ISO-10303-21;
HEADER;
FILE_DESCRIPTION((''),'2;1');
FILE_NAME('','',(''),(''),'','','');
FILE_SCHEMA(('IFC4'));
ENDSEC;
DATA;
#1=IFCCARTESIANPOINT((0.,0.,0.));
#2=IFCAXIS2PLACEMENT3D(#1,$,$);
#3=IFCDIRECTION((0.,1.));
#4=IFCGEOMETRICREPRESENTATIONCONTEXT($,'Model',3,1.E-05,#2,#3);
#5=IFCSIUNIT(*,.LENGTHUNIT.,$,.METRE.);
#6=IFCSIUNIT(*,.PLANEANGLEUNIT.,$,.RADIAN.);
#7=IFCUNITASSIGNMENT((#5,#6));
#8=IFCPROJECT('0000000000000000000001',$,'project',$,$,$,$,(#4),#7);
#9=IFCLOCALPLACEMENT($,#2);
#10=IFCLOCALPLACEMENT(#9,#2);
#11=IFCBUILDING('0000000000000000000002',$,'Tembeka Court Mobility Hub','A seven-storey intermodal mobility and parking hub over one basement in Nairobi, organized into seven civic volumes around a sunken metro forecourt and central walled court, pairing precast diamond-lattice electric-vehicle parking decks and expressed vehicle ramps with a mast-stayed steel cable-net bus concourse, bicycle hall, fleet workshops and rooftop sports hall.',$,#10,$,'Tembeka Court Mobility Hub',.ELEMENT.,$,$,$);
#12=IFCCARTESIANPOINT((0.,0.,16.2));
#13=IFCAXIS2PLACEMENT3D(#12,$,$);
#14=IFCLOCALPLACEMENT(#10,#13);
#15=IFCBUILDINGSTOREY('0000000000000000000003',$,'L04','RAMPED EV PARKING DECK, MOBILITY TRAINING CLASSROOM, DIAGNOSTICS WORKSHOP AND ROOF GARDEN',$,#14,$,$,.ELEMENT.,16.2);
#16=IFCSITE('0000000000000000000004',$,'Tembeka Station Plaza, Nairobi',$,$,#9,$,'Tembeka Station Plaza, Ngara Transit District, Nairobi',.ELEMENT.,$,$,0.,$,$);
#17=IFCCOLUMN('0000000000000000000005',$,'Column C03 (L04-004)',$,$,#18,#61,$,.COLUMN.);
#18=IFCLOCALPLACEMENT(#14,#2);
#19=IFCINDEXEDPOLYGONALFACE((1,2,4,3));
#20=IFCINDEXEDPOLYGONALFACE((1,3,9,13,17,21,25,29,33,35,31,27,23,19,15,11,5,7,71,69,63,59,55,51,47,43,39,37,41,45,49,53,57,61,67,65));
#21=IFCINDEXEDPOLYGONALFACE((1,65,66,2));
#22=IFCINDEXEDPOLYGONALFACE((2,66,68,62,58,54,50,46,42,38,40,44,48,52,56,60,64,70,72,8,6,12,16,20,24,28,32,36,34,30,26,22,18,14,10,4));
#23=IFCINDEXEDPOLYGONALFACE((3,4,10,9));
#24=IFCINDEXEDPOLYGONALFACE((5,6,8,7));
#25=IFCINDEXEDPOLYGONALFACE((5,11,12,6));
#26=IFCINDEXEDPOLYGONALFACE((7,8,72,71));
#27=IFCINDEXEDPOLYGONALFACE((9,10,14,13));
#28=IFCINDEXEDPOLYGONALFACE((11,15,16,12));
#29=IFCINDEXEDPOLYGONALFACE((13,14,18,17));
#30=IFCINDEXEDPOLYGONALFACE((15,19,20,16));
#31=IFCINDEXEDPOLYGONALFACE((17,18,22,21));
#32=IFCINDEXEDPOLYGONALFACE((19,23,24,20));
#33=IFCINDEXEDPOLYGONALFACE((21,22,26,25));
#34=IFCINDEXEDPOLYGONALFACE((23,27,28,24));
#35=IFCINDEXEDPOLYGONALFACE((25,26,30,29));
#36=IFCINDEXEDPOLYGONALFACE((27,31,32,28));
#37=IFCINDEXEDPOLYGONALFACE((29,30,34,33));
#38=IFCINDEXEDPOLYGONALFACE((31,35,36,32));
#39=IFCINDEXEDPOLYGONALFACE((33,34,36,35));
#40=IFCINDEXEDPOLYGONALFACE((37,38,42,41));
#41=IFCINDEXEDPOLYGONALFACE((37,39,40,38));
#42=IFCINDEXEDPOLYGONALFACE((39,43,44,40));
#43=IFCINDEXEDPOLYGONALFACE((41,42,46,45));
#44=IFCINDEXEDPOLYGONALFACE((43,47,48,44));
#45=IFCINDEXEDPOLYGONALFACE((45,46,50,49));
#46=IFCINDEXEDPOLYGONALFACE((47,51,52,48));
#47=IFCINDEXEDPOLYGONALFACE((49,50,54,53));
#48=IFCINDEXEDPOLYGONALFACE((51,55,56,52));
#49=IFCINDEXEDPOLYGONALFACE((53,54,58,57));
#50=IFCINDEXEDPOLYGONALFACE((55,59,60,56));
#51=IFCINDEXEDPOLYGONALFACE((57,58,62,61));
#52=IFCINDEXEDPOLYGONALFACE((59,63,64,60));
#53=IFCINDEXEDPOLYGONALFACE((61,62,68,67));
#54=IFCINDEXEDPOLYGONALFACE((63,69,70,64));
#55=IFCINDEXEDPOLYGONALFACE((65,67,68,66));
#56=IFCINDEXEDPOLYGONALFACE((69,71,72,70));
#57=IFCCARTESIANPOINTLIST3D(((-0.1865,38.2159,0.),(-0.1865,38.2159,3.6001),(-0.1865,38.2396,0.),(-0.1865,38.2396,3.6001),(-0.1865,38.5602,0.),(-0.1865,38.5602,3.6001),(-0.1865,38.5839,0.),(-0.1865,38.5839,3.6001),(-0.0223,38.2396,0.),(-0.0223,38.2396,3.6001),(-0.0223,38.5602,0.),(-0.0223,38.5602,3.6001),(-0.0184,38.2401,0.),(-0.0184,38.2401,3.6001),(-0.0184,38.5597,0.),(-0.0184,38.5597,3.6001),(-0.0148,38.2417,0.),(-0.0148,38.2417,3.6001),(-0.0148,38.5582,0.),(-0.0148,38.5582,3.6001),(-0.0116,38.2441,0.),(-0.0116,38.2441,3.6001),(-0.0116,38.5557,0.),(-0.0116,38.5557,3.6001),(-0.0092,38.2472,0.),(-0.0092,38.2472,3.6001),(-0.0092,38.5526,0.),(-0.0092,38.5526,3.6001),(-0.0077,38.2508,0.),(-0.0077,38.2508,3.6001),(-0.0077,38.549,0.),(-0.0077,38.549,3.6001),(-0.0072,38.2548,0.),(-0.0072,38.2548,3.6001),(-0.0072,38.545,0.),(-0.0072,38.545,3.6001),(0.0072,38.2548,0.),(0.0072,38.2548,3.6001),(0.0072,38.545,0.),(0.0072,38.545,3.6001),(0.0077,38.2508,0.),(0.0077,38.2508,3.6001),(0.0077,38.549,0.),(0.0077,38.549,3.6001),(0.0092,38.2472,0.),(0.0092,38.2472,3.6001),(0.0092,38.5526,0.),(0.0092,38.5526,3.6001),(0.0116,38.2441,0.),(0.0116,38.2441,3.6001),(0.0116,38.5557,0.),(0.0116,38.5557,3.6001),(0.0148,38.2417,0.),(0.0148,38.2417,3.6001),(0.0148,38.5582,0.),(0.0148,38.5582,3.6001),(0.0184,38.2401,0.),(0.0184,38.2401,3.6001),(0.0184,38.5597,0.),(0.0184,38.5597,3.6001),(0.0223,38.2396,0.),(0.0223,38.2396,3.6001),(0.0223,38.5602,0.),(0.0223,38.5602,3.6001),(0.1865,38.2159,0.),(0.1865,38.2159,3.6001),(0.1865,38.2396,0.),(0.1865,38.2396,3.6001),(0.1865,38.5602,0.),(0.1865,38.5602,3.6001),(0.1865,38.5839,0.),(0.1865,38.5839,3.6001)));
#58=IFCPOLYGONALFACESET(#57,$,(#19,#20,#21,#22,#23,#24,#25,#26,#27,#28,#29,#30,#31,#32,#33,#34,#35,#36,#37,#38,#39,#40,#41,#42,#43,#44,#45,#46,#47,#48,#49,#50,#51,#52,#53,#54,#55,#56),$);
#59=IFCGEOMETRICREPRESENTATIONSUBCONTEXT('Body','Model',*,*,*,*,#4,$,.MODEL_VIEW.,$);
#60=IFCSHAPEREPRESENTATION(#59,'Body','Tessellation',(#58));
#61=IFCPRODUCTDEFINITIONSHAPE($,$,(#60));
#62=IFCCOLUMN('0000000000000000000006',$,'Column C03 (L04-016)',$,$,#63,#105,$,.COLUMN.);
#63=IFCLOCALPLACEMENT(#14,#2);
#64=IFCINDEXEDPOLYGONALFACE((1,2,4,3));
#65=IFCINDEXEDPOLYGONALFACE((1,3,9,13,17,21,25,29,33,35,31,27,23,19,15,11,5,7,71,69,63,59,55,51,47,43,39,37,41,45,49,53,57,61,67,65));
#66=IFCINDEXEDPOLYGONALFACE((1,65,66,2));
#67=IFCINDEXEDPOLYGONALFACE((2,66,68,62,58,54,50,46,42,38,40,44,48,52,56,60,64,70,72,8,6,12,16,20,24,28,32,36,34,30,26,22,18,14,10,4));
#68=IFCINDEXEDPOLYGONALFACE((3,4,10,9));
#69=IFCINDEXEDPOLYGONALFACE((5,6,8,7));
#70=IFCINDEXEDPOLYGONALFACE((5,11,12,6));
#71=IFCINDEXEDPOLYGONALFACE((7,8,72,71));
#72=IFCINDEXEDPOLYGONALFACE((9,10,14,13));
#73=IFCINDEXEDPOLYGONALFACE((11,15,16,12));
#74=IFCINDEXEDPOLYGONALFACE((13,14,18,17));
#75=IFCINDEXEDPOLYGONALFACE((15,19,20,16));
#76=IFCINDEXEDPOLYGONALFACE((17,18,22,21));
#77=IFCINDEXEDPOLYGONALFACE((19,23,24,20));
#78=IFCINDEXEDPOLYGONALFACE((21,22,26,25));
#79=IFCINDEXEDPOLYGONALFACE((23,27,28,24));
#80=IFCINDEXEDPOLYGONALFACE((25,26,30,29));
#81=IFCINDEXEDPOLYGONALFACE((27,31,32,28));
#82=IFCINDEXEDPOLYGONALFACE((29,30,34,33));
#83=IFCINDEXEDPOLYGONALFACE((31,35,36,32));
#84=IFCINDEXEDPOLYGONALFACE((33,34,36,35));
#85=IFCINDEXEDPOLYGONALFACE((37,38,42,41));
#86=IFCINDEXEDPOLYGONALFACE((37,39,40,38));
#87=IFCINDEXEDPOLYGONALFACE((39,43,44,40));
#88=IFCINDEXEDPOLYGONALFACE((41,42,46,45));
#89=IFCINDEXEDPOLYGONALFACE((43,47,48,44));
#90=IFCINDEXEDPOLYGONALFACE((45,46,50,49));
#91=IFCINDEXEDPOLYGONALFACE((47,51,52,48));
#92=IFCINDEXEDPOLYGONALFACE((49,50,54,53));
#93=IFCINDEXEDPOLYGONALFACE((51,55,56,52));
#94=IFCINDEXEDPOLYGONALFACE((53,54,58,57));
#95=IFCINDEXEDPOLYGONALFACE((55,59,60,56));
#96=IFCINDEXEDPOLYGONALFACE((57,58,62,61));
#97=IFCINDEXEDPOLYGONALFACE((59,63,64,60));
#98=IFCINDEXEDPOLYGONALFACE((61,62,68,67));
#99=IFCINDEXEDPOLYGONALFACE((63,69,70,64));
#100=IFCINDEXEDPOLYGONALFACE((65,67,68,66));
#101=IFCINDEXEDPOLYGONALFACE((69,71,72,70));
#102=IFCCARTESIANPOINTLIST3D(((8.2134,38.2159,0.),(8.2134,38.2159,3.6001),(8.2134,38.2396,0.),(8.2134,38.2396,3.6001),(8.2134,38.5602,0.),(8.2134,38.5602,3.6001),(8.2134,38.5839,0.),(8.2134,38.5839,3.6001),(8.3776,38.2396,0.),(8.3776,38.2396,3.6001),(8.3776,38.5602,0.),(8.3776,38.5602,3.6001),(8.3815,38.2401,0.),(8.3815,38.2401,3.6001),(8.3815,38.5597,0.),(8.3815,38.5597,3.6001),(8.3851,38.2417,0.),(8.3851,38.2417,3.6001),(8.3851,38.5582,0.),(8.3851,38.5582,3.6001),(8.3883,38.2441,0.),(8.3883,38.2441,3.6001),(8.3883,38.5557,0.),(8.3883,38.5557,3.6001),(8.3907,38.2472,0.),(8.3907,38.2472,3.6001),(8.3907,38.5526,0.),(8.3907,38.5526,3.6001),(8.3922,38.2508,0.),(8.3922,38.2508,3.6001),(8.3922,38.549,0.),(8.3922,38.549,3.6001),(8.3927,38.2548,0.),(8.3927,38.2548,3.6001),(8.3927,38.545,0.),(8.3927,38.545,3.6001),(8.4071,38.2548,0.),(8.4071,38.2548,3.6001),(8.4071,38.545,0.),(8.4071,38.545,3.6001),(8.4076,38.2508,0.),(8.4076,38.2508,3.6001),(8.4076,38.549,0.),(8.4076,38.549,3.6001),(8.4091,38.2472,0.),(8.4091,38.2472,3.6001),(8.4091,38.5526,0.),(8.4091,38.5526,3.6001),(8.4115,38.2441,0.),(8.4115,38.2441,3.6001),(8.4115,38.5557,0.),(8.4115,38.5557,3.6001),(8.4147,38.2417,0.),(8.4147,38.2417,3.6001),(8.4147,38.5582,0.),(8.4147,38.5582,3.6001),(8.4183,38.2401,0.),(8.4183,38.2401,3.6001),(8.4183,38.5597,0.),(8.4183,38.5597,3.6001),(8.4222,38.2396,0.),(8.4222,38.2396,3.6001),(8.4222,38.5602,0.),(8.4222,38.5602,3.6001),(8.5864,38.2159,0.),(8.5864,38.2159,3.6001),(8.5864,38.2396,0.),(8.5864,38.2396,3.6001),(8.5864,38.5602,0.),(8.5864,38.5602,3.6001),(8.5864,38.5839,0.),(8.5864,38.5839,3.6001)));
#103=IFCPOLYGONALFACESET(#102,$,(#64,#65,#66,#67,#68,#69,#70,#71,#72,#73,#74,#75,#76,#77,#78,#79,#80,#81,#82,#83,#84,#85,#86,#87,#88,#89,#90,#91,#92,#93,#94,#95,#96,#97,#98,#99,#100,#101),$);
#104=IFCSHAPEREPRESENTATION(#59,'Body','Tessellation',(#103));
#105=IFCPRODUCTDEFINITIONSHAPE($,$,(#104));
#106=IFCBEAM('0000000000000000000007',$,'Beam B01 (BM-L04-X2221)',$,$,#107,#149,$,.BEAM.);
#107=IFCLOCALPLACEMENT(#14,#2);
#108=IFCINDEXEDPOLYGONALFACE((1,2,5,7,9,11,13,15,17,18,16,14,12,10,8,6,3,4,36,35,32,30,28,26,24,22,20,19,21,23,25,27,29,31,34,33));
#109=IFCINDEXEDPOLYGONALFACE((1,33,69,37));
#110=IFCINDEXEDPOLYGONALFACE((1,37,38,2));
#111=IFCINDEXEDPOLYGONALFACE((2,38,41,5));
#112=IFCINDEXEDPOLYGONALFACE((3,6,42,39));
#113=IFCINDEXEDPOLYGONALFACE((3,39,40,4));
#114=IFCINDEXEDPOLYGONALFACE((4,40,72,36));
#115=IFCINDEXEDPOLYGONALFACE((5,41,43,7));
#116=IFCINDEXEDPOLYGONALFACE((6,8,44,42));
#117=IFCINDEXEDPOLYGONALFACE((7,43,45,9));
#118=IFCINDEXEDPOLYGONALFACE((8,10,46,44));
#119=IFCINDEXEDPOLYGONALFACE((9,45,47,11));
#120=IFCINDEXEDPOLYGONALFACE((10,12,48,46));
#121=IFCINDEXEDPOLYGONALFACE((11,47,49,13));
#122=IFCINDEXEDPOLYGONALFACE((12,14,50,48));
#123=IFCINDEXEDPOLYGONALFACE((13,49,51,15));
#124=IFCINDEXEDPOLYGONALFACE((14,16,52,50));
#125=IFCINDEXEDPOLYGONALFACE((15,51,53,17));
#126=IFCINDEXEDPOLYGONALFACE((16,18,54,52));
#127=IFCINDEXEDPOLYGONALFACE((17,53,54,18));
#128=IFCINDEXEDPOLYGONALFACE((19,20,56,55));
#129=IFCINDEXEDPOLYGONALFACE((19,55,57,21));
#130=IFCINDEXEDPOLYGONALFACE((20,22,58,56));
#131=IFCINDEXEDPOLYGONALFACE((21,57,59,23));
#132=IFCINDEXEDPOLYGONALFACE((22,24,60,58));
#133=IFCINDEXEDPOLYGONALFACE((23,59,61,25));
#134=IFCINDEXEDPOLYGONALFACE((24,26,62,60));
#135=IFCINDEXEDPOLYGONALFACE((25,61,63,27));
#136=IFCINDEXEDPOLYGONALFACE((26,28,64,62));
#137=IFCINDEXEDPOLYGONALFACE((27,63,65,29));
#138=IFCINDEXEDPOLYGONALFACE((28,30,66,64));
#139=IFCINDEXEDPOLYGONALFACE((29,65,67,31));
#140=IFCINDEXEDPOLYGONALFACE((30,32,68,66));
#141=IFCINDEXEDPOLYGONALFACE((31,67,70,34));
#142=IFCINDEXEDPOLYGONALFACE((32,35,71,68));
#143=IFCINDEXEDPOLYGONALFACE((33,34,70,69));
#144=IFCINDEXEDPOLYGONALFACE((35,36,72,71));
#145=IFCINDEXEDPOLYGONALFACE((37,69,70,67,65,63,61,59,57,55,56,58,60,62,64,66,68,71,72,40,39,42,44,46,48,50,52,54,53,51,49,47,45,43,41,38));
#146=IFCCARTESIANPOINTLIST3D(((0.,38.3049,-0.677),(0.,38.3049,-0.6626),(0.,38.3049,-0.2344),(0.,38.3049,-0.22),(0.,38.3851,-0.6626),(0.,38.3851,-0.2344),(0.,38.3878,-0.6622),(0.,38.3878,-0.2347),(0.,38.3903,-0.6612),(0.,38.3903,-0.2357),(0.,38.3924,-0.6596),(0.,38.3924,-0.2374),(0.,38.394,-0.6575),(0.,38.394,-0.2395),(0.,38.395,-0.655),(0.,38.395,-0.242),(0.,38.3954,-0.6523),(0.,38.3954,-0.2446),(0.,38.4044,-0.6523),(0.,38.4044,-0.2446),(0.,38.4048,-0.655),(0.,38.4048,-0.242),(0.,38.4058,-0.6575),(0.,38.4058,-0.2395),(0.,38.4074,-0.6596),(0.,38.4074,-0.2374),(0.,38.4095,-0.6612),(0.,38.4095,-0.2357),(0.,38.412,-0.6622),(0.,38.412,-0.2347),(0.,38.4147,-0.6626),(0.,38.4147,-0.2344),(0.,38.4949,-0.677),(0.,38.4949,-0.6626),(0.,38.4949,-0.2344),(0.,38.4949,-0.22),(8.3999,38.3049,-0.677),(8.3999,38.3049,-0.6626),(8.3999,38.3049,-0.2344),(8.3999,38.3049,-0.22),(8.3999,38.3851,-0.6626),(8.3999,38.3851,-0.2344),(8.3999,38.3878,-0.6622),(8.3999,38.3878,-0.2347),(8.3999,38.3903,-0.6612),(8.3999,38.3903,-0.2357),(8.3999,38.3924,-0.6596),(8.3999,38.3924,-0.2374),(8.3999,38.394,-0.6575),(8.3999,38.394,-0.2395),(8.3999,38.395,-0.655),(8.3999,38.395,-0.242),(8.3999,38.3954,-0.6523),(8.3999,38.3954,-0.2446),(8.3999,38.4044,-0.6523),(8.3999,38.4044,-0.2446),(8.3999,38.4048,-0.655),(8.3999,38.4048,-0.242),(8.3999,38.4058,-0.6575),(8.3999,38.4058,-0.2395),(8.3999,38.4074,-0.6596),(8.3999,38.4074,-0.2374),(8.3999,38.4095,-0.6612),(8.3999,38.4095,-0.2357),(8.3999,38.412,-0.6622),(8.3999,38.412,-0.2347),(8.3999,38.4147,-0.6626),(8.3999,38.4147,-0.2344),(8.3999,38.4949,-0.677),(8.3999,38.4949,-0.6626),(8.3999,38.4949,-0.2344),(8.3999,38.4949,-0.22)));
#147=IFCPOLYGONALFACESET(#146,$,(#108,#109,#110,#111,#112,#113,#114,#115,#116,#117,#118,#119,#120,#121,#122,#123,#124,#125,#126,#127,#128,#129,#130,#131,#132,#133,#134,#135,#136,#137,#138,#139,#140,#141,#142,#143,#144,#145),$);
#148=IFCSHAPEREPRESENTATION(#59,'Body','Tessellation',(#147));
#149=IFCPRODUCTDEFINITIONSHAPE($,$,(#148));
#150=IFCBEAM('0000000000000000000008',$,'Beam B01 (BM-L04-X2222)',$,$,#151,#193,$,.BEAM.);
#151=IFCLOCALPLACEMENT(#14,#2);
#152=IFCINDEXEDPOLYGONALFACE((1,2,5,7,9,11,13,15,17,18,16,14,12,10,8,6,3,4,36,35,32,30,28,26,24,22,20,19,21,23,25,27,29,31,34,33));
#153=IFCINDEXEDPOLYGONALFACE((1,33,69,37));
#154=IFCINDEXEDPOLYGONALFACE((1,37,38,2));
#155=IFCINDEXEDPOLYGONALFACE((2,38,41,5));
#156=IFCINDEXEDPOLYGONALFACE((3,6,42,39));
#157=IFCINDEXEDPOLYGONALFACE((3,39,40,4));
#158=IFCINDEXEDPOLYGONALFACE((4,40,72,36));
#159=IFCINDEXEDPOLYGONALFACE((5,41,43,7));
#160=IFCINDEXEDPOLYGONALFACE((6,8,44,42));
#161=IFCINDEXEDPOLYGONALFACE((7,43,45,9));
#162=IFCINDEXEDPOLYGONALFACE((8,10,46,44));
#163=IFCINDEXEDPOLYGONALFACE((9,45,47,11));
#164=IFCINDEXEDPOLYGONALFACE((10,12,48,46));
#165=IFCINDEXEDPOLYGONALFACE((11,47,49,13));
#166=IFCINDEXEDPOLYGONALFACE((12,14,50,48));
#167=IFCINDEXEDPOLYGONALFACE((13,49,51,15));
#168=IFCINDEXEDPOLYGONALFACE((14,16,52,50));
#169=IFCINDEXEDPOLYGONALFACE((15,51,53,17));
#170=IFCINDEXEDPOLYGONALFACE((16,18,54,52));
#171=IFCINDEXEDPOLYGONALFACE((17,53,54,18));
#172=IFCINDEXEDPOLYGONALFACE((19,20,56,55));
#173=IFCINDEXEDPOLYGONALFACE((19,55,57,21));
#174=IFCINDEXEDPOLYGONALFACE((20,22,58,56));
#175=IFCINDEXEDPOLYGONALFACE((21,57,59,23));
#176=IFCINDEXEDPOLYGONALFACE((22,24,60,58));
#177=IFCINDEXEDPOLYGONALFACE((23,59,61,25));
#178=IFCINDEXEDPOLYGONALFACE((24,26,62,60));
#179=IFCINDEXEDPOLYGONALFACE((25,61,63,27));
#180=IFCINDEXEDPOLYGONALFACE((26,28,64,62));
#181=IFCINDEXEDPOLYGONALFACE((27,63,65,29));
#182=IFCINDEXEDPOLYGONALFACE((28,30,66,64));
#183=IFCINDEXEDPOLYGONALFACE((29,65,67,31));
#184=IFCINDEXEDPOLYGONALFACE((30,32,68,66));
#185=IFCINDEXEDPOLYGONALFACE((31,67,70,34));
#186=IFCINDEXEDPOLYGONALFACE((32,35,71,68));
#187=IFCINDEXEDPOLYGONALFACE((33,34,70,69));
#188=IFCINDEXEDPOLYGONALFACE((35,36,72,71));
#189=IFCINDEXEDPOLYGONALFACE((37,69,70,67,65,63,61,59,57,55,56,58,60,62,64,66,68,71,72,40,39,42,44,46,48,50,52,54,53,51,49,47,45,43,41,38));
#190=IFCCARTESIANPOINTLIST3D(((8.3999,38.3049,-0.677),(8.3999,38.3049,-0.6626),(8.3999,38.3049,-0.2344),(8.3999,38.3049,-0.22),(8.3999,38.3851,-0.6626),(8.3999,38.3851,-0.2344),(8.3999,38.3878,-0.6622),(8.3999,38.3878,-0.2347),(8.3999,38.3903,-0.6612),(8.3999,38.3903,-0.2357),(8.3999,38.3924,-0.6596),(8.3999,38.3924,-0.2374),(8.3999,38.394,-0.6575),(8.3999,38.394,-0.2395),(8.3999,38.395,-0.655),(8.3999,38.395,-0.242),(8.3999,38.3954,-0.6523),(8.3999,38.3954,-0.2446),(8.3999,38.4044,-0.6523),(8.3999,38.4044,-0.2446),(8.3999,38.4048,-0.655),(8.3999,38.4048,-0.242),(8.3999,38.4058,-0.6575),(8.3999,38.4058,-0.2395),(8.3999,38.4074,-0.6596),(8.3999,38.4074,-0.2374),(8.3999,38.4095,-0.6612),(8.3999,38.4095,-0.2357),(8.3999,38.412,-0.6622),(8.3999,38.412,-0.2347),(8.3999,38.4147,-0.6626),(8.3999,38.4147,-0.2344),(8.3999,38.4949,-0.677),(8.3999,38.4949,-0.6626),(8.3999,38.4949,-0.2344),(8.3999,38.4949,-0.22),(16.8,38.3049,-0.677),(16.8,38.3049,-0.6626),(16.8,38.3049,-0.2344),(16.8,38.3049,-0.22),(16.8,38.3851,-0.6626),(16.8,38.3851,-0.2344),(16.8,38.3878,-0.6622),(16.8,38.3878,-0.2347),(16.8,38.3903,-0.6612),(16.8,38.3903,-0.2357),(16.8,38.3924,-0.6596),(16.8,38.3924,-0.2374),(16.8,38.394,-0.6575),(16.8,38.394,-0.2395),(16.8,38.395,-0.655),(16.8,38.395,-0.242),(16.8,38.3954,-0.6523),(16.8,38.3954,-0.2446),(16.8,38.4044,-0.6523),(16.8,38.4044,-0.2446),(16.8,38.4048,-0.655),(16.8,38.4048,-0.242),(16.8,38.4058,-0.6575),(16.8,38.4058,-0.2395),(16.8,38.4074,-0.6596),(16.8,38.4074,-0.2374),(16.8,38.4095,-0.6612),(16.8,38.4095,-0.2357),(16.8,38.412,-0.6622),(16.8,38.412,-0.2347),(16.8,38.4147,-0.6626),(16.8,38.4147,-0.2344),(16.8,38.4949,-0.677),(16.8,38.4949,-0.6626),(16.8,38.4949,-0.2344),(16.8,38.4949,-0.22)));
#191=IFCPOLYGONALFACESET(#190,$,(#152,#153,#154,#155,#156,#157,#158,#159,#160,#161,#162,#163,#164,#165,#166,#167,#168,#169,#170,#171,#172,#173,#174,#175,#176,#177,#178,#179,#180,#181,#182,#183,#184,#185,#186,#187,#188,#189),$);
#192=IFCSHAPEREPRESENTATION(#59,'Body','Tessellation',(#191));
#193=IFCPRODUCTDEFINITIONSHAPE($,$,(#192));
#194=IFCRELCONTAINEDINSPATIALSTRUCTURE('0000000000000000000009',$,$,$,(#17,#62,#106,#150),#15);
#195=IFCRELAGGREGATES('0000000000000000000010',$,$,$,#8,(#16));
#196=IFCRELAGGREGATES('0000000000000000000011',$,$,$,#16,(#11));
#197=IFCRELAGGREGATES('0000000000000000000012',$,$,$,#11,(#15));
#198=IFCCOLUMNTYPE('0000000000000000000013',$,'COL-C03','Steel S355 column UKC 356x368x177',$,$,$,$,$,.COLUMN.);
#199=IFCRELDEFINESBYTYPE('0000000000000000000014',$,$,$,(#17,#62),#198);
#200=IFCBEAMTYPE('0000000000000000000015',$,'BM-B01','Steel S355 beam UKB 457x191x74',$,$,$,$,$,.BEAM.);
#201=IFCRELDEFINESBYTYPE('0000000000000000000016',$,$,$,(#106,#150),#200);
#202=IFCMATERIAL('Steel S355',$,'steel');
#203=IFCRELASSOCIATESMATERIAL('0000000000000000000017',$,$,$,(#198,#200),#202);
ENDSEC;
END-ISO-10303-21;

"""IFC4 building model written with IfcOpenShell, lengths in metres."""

from ifc_helpers import new_model, si_unit, direction, frame, origin, origin_2d, place, context, subcontext, project, spatial, i_section, extrude, material, material_profile, profile_set, type_object, element, save


model = new_model("IFC4")

# Units and contexts
model_context = context("Model", 3, precision=1e-05, world=origin(), true_north=direction((0.0, 1.0)))
body_context = subcontext(model_context, "Body", "Model", "MODEL_VIEW")
ifc_project = project(units=[si_unit("LENGTHUNIT", "METRE"), si_unit("PLANEANGLEUNIT", "RADIAN")], contexts=[model_context])

# Site, building, storey
site_placement = place(None, origin())
site = spatial("IfcSite", under=ifc_project, at=site_placement, Name="Tembeka Station Plaza, Nairobi", LongName="Tembeka Station Plaza, Ngara Transit District, Nairobi", CompositionType="ELEMENT", RefElevation=0.0)
building_placement = place(site_placement, origin())
building = spatial("IfcBuilding", under=site, at=building_placement, Name="Tembeka Court Mobility Hub", Description="A seven-storey intermodal mobility and parking hub over one basement in Nairobi, organized into seven civic volumes around a sunken metro forecourt and central walled court, pairing precast diamond-lattice electric-vehicle parking decks and expressed vehicle ramps with a mast-stayed steel cable-net bus concourse, bicycle hall, fleet workshops and rooftop sports hall.", LongName="Tembeka Court Mobility Hub", CompositionType="ELEMENT")
storey_placement = place(building_placement, frame((0.0, 0.0, 16.2)))
storey = spatial("IfcBuildingStorey", under=building, at=storey_placement, Name="L04", Description="RAMPED EV PARKING DECK, MOBILITY TRAINING CLASSROOM, DIAGNOSTICS WORKSHOP AND ROOF GARDEN", CompositionType="ELEMENT", Elevation=16.2)

# Columns
ifc_material_1 = material(Name="Steel S355", Category="steel")
ifc_material_profile_1 = material_profile(ifc_material_1, i_section(OverallWidth=0.373, OverallDepth=0.3679, WebThickness=0.0144, FlangeThickness=0.0237, FilletRadius=0.0151, at=origin_2d()), Name="UKC 356x368x177")
ifc_profile_set_1 = profile_set([ifc_material_profile_1], Name="Steel S355")
column_type = type_object("IfcColumnType", Name="COL-C03", Description="Steel S355 column UKC 356x368x177", PredefinedType="COLUMN", material=ifc_profile_set_1)
for number, where, z_axis, x_axis, name in (
    (1, (0.0, 38.3999, 0.0), (0.0, 0.0, 1.0), (1.0, 0.0, 0.0), "Column C03 (L04-004)"),
    (2, (8.3999, 38.3999, 0.0), (0.0, 0.0, 1.0), (1.0, 0.0, 0.0), "Column C03 (L04-016)"),
):
    element("IfcColumn", number, at=place(storey_placement, frame(where, z_axis=z_axis, x_axis=x_axis)), inside=storey, type_object=column_type, Name=name, PredefinedType="COLUMN", context=body_context, shape_type="SweptSolid", body=[
        extrude(i_section(OverallWidth=0.373, OverallDepth=0.3679, WebThickness=0.0144, FlangeThickness=0.0237, FilletRadius=0.0151, at=origin_2d()), origin(), (0.0, 0.0, 1.0), 3.6001),
    ])

# Beams
ifc_material_profile_2 = material_profile(ifc_material_1, i_section(OverallWidth=0.1899, OverallDepth=0.457, WebThickness=0.009, FlangeThickness=0.0144, FilletRadius=0.0103, at=origin_2d()), Name="UKB 457x191x74")
ifc_profile_set_2 = profile_set([ifc_material_profile_2], Name="Steel S355")
beam_type_1 = type_object("IfcBeamType", Name="BM-B01", Description="Steel S355 beam UKB 457x191x74", PredefinedType="BEAM", material=ifc_profile_set_2)
beam_1_placement = place(storey_placement, frame((0.0, 38.3999, -0.4485), z_axis=(1.0, 0.0, 0.0), x_axis=(0.0, 1.0, 0.0)))
element("IfcBeam", 3, at=beam_1_placement, inside=storey, type_object=beam_type_1, Name="Beam B01 (BM-L04-X2221)", PredefinedType="BEAM", context=body_context, shape_type="SweptSolid", body=[
    extrude(i_section(OverallWidth=0.1899, OverallDepth=0.457, WebThickness=0.009, FlangeThickness=0.0144, FilletRadius=0.0103, at=origin_2d()), origin(), (0.0, 0.0, 1.0), 8.3999),
])
beam_2_placement = place(storey_placement, frame((8.3999, 38.3999, -0.4485), z_axis=(1.0, 0.0, 0.0), x_axis=(0.0, 1.0, 0.0)))
element("IfcBeam", 4, at=beam_2_placement, inside=storey, type_object=beam_type_1, Name="Beam B01 (BM-L04-X2222)", PredefinedType="BEAM", context=body_context, shape_type="SweptSolid", body=[
    extrude(i_section(OverallWidth=0.1899, OverallDepth=0.457, WebThickness=0.009, FlangeThickness=0.0144, FilletRadius=0.0103, at=origin_2d()), origin(), (0.0, 0.0, 1.0), 8.4001),
])

save(model, "model.ifc")
